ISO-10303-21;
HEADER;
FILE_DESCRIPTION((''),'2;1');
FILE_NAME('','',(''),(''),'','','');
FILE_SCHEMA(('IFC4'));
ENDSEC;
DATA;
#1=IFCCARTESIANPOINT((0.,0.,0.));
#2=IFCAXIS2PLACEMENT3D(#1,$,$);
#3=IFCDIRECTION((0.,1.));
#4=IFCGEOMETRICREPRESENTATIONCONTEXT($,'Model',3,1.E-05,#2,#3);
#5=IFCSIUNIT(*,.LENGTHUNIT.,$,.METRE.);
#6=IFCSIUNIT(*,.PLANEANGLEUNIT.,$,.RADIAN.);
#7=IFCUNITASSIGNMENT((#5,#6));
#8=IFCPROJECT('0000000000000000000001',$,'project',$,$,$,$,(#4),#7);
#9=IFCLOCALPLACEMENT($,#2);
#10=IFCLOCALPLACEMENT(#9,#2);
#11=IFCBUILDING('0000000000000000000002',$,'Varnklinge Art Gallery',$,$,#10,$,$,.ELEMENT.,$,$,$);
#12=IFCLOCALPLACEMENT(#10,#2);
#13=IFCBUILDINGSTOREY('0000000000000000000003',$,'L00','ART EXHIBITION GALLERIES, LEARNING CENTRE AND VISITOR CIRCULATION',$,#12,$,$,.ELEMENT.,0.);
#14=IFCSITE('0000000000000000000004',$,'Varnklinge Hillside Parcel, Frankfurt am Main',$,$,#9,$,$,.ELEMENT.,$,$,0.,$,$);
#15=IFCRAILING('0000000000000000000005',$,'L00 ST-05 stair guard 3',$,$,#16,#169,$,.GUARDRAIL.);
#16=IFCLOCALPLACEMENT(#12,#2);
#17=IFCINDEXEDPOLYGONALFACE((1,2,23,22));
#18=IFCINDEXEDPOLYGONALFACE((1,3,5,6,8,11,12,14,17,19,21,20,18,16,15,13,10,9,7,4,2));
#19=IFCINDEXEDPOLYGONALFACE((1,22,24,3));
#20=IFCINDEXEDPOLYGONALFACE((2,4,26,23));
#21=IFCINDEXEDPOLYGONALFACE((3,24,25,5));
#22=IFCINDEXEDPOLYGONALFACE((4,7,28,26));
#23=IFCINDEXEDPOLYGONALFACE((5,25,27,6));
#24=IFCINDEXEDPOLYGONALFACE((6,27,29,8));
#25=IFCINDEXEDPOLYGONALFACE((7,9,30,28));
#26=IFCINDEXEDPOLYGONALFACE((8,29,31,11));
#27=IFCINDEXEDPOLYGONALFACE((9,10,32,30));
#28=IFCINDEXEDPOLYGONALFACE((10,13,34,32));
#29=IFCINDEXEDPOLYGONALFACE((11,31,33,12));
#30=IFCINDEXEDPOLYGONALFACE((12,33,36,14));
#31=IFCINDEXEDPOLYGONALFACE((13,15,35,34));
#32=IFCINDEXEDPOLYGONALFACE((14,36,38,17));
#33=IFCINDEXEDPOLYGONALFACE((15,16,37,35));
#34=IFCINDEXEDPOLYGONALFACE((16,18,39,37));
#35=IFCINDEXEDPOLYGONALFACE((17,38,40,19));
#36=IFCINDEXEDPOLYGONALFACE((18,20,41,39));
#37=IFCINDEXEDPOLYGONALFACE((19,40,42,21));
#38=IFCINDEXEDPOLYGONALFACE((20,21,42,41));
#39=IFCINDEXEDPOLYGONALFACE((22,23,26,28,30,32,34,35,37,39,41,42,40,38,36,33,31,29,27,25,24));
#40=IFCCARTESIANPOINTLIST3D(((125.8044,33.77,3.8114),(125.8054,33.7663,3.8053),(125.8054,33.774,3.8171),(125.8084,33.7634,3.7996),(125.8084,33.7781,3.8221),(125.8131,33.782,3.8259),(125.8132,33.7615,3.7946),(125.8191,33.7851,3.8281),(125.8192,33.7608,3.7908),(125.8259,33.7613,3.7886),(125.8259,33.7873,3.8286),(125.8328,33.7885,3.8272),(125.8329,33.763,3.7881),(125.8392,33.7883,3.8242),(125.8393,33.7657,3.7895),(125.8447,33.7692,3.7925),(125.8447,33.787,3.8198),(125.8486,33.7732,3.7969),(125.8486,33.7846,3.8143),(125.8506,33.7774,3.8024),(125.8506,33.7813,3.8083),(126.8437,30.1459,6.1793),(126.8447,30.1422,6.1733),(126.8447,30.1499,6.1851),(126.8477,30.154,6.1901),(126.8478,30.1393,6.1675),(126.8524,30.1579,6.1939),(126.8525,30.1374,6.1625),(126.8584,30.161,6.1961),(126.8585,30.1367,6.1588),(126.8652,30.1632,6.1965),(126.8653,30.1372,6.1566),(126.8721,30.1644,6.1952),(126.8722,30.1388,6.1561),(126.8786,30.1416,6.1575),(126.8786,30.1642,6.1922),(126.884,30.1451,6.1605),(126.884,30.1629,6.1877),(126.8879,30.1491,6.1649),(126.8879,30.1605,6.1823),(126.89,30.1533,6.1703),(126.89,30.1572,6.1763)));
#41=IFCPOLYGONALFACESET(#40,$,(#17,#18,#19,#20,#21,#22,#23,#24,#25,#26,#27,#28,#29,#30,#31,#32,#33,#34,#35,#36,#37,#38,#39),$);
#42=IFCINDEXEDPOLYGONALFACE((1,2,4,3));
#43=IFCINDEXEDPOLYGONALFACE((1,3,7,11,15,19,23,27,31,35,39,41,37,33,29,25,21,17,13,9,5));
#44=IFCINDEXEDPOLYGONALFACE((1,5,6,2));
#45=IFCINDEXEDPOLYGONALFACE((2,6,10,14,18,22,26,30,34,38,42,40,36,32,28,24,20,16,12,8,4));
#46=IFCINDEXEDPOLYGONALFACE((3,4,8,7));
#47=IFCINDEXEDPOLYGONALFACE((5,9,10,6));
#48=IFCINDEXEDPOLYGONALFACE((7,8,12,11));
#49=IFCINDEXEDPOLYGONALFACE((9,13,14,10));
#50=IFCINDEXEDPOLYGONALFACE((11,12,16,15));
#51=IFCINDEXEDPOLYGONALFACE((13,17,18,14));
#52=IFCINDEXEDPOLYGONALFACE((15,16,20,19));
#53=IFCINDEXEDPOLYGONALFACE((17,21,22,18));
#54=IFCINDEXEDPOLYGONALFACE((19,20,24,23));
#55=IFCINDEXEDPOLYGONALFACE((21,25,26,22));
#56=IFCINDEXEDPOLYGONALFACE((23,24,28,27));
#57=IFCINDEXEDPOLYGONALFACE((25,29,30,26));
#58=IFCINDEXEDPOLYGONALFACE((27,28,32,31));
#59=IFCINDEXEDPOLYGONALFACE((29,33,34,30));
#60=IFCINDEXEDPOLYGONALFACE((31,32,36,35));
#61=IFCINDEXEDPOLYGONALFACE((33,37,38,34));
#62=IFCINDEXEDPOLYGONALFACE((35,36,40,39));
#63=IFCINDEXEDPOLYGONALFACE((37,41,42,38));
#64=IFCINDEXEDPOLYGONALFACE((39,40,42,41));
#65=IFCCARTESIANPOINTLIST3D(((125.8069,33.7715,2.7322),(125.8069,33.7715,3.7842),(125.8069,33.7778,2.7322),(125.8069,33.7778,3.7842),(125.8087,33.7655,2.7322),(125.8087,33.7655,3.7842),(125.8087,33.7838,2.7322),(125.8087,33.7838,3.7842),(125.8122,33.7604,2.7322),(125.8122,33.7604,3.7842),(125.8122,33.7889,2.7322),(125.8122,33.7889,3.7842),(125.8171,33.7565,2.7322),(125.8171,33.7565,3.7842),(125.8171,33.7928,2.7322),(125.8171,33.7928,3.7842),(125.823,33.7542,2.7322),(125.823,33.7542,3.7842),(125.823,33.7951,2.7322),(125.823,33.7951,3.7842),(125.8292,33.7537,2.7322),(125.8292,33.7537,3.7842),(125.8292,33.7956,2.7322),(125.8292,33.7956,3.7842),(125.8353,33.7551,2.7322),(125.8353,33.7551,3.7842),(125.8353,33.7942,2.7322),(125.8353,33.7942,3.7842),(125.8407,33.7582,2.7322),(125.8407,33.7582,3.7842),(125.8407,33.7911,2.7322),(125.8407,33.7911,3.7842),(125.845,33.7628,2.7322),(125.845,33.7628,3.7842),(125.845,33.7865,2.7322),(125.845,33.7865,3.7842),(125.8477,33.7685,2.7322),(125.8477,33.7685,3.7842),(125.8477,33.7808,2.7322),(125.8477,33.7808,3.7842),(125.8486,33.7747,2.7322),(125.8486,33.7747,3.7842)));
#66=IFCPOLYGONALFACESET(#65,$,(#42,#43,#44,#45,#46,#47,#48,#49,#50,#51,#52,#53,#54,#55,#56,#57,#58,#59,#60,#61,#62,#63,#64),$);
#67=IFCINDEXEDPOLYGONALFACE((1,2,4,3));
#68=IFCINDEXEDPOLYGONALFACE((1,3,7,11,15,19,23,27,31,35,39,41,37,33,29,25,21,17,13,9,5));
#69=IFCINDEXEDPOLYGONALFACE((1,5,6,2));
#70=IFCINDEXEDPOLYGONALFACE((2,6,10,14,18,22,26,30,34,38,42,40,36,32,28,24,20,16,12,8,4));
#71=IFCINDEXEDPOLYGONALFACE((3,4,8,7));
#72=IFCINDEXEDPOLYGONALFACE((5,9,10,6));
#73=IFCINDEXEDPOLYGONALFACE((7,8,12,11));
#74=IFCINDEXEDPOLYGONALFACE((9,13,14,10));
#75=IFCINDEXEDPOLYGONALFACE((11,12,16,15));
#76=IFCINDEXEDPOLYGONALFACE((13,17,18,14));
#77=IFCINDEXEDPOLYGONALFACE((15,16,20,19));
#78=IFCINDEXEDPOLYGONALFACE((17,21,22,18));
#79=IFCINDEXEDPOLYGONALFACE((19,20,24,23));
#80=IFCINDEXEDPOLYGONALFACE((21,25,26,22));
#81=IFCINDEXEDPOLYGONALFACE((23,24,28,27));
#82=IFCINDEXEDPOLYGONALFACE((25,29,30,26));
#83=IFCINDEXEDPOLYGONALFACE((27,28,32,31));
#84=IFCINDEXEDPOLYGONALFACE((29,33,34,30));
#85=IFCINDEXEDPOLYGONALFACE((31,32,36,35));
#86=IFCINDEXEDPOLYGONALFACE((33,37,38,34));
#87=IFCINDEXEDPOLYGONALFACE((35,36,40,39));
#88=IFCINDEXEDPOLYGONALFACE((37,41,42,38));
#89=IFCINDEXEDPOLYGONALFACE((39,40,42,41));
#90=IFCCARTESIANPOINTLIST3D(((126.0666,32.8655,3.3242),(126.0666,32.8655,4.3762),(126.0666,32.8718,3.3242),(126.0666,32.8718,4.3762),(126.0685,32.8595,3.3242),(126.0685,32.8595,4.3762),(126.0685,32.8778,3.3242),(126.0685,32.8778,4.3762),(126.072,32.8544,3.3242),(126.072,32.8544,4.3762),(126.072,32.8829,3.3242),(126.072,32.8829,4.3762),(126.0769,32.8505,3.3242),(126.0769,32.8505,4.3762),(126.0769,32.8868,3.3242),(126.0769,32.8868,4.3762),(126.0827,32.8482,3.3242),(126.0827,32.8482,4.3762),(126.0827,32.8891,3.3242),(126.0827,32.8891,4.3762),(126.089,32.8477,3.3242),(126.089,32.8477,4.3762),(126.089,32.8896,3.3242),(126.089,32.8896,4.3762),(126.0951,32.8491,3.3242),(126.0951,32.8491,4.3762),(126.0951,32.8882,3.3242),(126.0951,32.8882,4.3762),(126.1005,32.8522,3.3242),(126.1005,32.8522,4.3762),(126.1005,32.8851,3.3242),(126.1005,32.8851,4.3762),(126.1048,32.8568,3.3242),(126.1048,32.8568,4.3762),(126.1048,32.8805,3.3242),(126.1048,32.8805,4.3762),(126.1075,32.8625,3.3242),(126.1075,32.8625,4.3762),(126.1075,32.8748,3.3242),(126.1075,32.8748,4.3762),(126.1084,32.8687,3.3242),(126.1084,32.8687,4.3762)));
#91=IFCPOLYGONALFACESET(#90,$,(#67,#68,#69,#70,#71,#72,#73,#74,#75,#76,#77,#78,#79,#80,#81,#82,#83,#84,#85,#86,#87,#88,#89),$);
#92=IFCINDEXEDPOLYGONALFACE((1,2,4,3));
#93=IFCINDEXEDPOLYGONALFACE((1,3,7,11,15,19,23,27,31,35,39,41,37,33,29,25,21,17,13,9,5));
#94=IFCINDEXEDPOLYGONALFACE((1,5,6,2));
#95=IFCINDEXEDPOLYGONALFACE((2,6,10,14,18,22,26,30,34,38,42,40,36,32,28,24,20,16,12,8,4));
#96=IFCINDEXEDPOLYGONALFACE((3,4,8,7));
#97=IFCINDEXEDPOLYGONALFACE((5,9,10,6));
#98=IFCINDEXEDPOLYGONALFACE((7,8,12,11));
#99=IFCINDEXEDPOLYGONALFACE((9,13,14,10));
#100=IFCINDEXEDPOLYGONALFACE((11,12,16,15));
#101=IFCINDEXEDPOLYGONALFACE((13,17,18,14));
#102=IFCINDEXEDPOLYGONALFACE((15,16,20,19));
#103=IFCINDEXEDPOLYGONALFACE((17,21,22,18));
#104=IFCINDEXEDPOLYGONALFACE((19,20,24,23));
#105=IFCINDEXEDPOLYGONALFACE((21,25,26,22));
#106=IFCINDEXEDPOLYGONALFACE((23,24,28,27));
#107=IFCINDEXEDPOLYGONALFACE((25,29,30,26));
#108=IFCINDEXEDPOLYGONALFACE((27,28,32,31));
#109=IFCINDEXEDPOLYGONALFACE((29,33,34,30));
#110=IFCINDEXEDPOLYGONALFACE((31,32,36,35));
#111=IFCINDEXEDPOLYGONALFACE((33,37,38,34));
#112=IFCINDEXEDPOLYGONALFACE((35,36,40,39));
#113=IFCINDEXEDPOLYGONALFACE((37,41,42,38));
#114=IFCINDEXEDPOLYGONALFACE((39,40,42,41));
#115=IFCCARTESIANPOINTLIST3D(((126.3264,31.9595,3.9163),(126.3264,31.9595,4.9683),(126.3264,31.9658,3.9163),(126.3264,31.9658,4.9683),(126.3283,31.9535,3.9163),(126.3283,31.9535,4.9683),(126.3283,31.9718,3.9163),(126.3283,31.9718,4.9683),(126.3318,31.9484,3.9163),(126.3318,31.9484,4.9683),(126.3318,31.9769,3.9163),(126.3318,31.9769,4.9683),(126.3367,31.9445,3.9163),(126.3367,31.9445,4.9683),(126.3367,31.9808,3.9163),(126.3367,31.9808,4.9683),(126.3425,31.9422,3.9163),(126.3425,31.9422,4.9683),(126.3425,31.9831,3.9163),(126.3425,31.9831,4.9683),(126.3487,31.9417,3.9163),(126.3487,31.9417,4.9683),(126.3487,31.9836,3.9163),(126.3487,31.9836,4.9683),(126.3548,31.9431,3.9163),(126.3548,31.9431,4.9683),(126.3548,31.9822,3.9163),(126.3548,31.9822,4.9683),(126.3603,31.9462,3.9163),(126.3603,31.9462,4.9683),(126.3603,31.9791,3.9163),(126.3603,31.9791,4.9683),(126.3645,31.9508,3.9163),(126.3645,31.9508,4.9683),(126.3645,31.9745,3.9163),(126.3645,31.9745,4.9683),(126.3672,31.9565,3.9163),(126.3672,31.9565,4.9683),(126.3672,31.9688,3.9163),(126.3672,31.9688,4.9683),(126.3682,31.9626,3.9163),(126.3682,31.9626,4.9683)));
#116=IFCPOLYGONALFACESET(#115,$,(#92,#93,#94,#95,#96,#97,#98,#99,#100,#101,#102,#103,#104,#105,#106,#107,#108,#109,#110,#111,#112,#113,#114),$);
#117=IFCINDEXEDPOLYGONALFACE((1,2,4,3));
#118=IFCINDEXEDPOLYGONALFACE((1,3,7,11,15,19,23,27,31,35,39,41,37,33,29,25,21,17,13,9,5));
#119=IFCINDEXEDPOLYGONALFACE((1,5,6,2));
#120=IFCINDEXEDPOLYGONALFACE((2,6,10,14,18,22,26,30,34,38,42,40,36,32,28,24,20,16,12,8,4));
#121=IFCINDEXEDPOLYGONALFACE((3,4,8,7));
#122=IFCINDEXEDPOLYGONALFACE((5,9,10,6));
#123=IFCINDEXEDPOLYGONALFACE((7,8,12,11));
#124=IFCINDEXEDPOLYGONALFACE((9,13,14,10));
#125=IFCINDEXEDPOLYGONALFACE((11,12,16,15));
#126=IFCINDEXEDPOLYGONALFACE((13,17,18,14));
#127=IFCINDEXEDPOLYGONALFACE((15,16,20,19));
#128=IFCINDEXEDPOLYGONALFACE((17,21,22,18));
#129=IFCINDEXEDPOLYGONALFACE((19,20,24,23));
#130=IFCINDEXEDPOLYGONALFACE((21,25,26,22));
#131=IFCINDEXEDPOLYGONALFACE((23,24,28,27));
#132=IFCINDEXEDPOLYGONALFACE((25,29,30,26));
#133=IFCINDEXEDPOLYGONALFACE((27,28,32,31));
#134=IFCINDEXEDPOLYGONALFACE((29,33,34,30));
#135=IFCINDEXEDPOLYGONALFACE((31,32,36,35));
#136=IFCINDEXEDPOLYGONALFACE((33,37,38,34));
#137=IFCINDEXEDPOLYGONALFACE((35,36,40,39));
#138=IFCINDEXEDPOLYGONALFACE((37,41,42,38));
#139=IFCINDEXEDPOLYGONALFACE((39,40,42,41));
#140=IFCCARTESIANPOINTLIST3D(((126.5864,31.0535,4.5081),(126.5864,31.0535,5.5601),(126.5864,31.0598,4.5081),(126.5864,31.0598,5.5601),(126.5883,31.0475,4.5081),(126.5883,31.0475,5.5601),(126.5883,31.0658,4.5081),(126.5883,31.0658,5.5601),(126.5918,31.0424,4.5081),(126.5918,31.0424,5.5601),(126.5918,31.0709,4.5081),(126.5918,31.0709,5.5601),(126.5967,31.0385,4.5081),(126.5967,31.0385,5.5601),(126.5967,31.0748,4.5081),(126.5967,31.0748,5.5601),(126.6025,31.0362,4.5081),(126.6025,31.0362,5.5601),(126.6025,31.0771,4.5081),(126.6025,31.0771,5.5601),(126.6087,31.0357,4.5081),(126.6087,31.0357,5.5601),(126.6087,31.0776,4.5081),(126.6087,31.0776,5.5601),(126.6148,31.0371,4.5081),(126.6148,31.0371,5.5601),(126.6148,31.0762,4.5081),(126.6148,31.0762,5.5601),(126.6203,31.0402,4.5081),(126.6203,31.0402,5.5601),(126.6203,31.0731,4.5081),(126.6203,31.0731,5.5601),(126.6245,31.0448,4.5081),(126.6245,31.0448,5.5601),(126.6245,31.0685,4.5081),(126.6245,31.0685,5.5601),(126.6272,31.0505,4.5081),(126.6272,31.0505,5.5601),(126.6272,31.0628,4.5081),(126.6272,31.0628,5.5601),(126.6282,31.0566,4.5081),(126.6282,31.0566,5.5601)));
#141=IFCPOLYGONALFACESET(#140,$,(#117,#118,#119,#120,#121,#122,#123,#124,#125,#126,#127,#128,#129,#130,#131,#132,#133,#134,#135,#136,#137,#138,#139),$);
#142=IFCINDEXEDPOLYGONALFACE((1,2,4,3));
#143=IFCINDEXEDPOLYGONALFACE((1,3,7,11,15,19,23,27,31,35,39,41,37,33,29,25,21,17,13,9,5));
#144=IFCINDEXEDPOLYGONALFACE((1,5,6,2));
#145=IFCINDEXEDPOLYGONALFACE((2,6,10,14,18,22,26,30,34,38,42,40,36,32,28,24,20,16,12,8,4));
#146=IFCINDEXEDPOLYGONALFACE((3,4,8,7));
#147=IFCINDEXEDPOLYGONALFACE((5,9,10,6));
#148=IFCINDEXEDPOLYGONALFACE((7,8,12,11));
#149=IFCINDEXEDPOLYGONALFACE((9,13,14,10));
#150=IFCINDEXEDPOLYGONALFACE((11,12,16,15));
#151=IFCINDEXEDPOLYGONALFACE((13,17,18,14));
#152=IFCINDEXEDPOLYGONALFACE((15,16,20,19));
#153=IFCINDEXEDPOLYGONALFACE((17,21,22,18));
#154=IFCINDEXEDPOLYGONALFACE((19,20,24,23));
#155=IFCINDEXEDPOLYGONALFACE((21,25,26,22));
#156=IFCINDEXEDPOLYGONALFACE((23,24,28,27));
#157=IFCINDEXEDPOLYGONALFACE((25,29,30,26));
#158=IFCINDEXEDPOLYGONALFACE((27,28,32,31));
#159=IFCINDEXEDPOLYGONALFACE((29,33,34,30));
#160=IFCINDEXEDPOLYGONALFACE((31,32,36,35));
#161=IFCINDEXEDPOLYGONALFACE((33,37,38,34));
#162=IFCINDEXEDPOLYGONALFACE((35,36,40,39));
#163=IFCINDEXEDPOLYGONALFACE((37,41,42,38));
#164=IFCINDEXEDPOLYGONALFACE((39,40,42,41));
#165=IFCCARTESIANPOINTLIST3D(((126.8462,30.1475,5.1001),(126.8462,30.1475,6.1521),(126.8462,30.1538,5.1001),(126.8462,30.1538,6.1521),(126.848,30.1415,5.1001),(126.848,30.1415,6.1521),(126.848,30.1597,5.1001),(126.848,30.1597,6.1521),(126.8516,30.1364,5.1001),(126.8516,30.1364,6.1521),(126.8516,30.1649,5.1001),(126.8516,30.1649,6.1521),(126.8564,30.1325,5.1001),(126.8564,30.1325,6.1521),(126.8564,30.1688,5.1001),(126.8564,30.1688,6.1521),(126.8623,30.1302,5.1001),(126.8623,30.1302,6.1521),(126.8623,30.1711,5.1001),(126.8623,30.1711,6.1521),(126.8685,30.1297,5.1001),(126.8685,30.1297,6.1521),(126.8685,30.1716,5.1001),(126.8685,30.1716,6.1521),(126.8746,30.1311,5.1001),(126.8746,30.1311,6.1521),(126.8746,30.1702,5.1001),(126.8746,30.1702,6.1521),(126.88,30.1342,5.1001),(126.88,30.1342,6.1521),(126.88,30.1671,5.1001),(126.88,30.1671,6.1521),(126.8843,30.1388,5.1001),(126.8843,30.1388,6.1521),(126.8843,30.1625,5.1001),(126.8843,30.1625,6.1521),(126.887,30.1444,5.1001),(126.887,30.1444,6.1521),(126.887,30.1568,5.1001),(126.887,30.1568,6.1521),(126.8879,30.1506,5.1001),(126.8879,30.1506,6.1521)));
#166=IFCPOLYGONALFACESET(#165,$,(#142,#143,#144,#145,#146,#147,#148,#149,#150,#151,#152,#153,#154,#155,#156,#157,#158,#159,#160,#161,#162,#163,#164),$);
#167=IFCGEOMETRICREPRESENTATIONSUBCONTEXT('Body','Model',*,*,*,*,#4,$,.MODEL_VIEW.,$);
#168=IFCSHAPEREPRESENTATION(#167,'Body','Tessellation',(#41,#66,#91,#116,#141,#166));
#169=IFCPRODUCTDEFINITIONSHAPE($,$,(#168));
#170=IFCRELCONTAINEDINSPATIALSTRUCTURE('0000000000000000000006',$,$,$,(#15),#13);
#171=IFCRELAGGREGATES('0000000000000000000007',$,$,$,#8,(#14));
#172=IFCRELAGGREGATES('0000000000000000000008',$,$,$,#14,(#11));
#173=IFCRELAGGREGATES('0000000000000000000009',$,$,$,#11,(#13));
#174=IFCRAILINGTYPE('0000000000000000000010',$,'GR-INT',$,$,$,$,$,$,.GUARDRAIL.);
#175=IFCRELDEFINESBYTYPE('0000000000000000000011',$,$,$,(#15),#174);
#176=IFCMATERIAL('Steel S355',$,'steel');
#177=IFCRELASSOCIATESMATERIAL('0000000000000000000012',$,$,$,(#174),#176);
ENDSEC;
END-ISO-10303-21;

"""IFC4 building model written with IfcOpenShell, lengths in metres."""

from ifc_helpers import new_model, si_unit, direction, frame, origin, origin_2d, place, context, subcontext, project, spatial, circle, extrude, material, type_object, element, save


model = new_model("IFC4")

# Units and contexts
model_context = context("Model", 3, precision=1e-05, world=origin(), true_north=direction((0.0, 1.0)))
body_context = subcontext(model_context, "Body", "Model", "MODEL_VIEW")
ifc_project = project(units=[si_unit("LENGTHUNIT", "METRE"), si_unit("PLANEANGLEUNIT", "RADIAN")], contexts=[model_context])

# Site, building, storey
site_placement = place(None, origin())
site = spatial("IfcSite", under=ifc_project, at=site_placement, Name="Varnklinge Hillside Parcel, Frankfurt am Main", CompositionType="ELEMENT", RefElevation=0.0)
building_placement = place(site_placement, origin())
building = spatial("IfcBuilding", under=site, at=building_placement, Name="Varnklinge Art Gallery", CompositionType="ELEMENT")
storey_placement = place(building_placement, origin())
storey = spatial("IfcBuildingStorey", under=building, at=storey_placement, Name="L00", Description="ART EXHIBITION GALLERIES, LEARNING CENTRE AND VISITOR CIRCULATION", CompositionType="ELEMENT", Elevation=0.0)

# Railing
ifc_material_1 = material(Name="Steel S355", Category="steel")
railing_type_1 = type_object("IfcRailingType", Name="GR-INT", PredefinedType="GUARDRAIL", material=ifc_material_1)
railing_1_placement = place(storey_placement, frame((125.8276, 33.7747, 2.7322)))
element("IfcRailing", 1, at=railing_1_placement, inside=storey, type_object=railing_type_1, Name="L00 ST-05 stair guard 3", PredefinedType="GUARDRAIL", context=body_context, shape_type="SweptSolid", body=[
    extrude(circle(Radius=0.0239, at=origin_2d()), frame((0.0, 0.0, 1.0762), z_axis=(0.233445, -0.814012, 0.531872), x_axis=(0.961252, 0.27567, 0.0)), (0.0, 0.0, 1.0), 4.4521),
    extrude(circle(Radius=0.021, at=origin_2d()), origin(), (0.0, 0.0, 1.0), 1.052),
    extrude(circle(Radius=0.021, at=origin_2d()), frame((0.2598, -0.906, 0.592)), (0.0, 0.0, 1.0), 1.052),
    extrude(circle(Radius=0.021, at=origin_2d()), frame((0.5195, -1.812, 1.1841)), (0.0, 0.0, 1.0), 1.052),
    extrude(circle(Radius=0.021, at=origin_2d()), frame((0.7795, -2.718, 1.7759)), (0.0, 0.0, 1.0), 1.052),
    extrude(circle(Radius=0.021, at=origin_2d()), frame((1.0393, -3.624, 2.3679)), (0.0, 0.0, 1.0), 1.052),
])

save(model, "model.ifc")
